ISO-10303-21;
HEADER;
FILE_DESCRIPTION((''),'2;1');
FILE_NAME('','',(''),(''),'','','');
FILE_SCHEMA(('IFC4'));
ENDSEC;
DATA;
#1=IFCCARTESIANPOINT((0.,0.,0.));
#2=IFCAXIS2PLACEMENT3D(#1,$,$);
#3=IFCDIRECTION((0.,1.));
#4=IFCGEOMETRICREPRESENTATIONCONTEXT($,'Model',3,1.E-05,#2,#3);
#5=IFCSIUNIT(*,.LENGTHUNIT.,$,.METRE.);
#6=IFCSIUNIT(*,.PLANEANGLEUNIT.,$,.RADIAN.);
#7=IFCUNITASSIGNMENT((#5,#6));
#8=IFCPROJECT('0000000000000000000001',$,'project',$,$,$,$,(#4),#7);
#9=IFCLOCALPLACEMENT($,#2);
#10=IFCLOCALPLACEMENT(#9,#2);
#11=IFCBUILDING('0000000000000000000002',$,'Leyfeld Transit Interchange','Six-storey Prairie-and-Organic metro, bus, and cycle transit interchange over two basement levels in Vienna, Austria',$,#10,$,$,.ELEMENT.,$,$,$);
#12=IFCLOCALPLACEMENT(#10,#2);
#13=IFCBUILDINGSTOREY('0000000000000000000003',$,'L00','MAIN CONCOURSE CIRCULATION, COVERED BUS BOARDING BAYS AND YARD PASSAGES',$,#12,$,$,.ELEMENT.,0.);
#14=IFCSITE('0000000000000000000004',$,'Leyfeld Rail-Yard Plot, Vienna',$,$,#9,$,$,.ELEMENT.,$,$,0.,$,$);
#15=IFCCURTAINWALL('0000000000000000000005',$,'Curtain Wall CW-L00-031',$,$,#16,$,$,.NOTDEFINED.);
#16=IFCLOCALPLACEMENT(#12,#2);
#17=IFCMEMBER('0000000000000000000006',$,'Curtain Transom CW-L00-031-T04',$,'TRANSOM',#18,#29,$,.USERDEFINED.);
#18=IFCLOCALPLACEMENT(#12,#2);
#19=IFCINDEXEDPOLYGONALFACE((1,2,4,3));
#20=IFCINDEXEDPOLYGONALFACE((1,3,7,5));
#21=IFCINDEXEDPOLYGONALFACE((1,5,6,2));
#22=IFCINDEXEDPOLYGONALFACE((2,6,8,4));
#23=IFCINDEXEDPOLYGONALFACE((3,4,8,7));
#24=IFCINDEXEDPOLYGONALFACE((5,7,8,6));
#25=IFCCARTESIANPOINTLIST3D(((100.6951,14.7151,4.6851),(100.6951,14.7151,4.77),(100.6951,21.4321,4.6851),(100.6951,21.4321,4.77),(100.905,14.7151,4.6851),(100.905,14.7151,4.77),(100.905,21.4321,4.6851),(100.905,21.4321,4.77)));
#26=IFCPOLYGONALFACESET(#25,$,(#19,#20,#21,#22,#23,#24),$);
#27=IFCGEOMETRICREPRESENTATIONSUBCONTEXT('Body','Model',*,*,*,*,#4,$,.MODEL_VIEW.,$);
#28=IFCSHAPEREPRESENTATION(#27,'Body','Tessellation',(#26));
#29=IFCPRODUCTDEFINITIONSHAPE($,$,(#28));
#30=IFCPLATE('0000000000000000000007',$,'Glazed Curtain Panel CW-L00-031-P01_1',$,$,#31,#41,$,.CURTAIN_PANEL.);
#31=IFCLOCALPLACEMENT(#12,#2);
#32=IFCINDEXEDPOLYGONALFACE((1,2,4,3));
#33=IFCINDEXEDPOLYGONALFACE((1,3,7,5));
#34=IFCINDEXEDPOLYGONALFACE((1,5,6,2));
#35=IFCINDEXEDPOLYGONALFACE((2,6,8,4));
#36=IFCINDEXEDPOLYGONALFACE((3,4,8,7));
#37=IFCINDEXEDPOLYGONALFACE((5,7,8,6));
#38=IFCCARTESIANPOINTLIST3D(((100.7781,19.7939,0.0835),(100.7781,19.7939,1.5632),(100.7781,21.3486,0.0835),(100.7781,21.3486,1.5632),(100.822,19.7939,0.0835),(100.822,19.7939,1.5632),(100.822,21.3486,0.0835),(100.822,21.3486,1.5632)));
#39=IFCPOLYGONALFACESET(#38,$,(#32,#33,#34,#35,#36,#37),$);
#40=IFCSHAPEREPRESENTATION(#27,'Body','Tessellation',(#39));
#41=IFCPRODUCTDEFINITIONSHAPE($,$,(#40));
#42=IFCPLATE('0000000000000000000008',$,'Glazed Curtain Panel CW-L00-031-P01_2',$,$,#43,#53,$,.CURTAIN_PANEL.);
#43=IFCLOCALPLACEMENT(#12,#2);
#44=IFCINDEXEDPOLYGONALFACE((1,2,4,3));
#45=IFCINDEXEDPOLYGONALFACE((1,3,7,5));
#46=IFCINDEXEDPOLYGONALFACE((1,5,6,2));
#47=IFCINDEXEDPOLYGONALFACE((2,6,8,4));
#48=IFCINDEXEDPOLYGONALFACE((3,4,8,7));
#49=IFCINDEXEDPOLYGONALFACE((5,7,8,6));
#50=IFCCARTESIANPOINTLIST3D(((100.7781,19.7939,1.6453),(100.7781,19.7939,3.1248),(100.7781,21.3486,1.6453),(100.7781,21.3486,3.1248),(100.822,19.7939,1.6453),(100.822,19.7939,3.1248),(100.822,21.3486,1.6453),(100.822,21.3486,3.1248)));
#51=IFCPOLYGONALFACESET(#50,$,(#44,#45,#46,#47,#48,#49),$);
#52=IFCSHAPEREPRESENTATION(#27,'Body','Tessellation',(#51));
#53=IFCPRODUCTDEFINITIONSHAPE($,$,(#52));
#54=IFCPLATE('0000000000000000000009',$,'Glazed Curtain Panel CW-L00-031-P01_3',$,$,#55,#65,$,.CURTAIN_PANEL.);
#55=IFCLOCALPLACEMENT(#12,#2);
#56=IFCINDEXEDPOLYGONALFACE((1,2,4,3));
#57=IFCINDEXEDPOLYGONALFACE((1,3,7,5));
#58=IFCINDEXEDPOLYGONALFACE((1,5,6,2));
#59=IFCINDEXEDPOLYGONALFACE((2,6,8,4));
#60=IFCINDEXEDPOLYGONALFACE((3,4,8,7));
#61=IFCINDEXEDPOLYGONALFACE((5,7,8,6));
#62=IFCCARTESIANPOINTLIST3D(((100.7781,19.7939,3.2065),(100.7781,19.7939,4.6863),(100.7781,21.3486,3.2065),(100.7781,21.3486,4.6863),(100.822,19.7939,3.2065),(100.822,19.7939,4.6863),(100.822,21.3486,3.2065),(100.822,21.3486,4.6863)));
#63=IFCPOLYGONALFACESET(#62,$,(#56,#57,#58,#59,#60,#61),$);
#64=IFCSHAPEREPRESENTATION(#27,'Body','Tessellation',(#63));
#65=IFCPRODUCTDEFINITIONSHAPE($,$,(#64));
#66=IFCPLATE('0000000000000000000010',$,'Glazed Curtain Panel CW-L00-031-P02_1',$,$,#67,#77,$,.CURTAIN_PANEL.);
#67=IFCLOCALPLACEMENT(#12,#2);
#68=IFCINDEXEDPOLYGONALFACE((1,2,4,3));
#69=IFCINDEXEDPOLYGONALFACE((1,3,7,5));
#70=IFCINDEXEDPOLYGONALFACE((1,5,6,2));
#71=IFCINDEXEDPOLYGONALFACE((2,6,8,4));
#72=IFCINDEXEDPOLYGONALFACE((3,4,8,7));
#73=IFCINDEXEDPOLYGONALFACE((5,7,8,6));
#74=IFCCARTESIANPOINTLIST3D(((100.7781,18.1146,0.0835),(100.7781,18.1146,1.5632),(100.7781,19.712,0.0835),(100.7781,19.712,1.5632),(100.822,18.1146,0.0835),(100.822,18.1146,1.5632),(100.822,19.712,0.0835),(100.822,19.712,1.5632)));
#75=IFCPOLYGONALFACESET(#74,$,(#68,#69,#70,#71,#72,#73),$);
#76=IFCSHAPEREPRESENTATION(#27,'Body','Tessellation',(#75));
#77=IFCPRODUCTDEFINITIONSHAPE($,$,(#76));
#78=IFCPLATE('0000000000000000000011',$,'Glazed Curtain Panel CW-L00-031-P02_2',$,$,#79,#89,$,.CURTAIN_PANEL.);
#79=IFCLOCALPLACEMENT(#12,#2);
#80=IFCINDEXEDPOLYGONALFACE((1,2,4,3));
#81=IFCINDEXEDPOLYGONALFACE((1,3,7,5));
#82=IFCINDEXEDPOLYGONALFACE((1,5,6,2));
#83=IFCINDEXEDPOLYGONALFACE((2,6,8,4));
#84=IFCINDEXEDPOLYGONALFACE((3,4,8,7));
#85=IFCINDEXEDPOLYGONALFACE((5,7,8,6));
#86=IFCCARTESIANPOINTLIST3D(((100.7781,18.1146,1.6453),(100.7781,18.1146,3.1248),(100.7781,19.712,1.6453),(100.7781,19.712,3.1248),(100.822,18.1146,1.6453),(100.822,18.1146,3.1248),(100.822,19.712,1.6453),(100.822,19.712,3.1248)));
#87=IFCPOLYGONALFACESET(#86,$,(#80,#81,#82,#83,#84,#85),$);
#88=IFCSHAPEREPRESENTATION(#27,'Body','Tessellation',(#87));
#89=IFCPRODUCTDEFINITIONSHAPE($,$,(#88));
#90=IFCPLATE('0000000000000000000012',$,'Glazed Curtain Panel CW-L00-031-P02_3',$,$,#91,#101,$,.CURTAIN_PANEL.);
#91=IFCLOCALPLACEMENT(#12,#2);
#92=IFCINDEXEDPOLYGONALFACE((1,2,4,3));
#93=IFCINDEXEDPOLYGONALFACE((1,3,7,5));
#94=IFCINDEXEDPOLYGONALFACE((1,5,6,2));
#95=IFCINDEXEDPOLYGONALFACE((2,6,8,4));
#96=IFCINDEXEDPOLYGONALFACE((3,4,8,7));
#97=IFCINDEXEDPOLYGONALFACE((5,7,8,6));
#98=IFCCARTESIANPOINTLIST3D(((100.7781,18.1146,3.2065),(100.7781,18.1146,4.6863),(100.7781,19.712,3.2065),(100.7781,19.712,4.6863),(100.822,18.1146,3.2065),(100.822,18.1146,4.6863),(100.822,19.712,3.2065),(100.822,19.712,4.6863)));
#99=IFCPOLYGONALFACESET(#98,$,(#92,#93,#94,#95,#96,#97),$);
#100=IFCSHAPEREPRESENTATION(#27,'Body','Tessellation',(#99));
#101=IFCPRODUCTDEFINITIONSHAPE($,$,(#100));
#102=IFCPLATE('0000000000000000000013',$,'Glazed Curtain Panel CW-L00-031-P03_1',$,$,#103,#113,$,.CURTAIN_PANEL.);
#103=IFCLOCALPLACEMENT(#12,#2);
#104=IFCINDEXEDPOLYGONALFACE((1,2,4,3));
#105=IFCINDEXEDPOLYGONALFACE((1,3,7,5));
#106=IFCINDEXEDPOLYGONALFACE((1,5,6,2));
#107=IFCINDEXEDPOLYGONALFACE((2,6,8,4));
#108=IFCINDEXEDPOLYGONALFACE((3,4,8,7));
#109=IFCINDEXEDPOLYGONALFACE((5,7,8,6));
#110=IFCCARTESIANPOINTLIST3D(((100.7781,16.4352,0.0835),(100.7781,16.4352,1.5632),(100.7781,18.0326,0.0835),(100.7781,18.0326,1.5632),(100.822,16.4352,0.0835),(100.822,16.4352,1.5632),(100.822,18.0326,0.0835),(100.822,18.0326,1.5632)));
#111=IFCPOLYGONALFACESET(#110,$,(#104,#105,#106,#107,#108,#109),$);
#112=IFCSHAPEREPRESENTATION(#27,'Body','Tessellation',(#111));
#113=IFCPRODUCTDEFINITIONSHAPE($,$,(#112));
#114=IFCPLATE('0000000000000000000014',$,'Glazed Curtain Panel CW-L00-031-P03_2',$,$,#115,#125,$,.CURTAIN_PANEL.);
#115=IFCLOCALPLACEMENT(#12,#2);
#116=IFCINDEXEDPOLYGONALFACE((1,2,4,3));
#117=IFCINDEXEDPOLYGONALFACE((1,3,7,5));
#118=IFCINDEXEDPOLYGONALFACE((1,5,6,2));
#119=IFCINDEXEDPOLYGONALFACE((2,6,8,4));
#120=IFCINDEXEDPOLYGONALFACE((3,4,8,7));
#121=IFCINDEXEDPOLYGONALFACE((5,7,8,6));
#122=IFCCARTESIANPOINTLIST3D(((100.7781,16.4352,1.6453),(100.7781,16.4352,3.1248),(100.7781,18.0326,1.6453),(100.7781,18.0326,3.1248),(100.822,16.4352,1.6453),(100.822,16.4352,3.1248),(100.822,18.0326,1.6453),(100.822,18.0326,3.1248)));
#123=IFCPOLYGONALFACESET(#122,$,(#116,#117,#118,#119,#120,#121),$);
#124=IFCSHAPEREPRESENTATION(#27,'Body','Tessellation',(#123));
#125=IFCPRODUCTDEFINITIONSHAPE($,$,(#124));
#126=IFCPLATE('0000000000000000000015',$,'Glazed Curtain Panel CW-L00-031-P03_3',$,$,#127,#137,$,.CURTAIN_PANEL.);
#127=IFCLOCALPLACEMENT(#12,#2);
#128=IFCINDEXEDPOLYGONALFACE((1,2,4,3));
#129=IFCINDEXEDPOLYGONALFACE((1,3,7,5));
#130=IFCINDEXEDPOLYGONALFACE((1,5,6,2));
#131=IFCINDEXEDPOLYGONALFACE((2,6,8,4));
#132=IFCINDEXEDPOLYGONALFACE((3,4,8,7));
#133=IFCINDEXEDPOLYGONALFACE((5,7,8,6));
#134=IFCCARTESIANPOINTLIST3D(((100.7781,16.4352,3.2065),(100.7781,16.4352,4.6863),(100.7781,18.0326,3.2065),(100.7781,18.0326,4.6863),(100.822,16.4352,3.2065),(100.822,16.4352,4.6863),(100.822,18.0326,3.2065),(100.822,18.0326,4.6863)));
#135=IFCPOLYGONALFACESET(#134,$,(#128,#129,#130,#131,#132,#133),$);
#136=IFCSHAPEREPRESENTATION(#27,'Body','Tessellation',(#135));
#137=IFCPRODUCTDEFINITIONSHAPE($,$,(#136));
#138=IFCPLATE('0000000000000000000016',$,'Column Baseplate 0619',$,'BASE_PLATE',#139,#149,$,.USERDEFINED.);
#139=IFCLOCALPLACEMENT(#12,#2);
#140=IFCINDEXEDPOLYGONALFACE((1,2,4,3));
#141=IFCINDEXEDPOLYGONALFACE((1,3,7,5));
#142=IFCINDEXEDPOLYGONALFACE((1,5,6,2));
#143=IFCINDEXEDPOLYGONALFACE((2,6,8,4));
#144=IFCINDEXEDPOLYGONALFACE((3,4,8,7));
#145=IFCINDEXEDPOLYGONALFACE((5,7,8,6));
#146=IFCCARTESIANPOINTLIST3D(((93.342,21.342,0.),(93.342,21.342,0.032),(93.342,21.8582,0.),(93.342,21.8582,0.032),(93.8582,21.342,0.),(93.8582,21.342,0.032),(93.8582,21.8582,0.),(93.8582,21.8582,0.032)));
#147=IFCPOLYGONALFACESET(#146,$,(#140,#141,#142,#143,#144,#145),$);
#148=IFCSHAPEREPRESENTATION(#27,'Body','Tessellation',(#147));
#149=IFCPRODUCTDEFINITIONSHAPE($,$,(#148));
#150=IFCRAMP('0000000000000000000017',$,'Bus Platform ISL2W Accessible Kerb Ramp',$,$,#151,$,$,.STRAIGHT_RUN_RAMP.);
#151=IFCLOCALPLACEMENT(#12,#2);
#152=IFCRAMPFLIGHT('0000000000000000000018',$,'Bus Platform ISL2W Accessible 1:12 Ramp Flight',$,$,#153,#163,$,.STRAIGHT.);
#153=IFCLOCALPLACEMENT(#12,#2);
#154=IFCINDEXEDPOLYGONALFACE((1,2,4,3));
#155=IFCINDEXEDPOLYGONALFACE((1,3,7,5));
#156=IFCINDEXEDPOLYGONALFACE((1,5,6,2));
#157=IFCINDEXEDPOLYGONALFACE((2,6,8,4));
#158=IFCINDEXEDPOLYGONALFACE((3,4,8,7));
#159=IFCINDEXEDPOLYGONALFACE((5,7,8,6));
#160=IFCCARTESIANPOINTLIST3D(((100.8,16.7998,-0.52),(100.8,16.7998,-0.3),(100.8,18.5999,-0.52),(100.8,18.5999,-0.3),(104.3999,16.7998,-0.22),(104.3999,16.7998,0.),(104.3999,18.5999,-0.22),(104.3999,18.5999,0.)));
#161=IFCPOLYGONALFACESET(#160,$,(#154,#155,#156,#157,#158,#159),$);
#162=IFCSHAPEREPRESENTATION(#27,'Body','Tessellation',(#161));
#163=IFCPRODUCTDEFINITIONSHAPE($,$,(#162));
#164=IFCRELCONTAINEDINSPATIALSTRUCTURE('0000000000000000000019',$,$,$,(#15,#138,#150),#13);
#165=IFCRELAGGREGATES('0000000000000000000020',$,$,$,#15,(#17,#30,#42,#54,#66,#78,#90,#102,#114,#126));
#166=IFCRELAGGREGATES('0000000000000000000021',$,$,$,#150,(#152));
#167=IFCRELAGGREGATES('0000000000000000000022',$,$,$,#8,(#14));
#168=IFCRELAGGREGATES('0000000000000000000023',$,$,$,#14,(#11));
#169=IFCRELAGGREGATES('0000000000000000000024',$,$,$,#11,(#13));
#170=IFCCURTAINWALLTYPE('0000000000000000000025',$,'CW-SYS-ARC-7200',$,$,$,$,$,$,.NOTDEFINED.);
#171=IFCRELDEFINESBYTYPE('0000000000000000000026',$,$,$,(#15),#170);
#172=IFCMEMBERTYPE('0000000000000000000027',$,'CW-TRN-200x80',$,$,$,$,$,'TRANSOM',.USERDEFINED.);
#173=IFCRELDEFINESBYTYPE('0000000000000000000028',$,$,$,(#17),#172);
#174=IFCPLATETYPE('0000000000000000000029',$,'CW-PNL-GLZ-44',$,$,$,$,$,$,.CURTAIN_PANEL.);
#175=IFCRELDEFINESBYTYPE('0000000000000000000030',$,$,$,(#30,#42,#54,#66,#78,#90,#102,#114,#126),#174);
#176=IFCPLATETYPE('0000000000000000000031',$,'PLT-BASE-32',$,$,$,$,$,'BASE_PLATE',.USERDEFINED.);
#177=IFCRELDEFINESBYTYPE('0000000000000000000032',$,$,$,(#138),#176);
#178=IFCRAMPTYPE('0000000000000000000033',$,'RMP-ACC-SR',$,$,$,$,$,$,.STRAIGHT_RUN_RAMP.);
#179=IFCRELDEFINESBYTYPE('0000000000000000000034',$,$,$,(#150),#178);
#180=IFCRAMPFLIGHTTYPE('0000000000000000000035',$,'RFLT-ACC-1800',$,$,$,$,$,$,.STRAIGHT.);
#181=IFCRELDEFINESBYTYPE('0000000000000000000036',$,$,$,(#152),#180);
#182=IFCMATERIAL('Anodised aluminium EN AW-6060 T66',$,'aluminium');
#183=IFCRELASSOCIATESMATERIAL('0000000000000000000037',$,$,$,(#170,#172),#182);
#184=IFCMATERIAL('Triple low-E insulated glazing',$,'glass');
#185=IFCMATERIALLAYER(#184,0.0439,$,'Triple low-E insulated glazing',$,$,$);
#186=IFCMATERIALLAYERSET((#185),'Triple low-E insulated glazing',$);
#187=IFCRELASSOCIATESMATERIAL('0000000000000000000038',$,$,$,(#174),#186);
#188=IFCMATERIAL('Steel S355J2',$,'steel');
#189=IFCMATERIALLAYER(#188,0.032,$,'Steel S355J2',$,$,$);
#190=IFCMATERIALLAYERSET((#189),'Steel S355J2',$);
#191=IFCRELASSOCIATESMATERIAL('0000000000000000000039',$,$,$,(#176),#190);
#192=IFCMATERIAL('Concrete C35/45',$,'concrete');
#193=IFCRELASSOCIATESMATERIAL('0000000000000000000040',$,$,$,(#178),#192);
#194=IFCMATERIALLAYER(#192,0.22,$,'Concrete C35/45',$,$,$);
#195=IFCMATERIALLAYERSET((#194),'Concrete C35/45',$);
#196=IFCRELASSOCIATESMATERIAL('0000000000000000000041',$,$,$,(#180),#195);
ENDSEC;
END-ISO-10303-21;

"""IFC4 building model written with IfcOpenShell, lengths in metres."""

from ifc_helpers import new_model, si_unit, direction, frame, origin, origin_2d, place, context, subcontext, project, spatial, polyline, rectangle, outline, extrude, material, layer, layer_set, material_profile, profile_set, type_object, element, aggregate, save


model = new_model("IFC4")

# Units and contexts
model_context = context("Model", 3, precision=1e-05, world=origin(), true_north=direction((0.0, 1.0)))
body_context = subcontext(model_context, "Body", "Model", "MODEL_VIEW")
ifc_project = project(units=[si_unit("LENGTHUNIT", "METRE"), si_unit("PLANEANGLEUNIT", "RADIAN")], contexts=[model_context])

# Site, building, storey
site_placement = place(None, origin())
site = spatial("IfcSite", under=ifc_project, at=site_placement, Name="Leyfeld Rail-Yard Plot, Vienna", CompositionType="ELEMENT", RefElevation=0.0)
building_placement = place(site_placement, origin())
building = spatial("IfcBuilding", under=site, at=building_placement, Name="Leyfeld Transit Interchange", Description="Six-storey Prairie-and-Organic metro, bus, and cycle transit interchange over two basement levels in Vienna, Austria", CompositionType="ELEMENT")
storey_placement = place(building_placement, origin())
storey = spatial("IfcBuildingStorey", under=building, at=storey_placement, Name="L00", Description="MAIN CONCOURSE CIRCULATION, COVERED BUS BOARDING BAYS AND YARD PASSAGES", CompositionType="ELEMENT", Elevation=0.0)

# Shared definitions
ifc_material_1 = material(Name="Steel S355J2", Category="steel")

# Curtain wall, member, plates
ifc_material_2 = material(Name="Anodised aluminium EN AW-6060 T66", Category="aluminium")
curtain_wall_type = type_object("IfcCurtainWallType", Name="CW-SYS-ARC-7200", PredefinedType="NOTDEFINED", material=ifc_material_2)
curtain_wall_placement = place(storey_placement, origin())
curtain_wall = element("IfcCurtainWall", 1, at=curtain_wall_placement, inside=storey, type_object=curtain_wall_type, Name="Curtain Wall CW-L00-031", PredefinedType="NOTDEFINED")
ifc_material_profile_1 = material_profile(ifc_material_2, rectangle(XDim=0.21, YDim=0.085, at=origin_2d()), Name="CW-TRN-200x80")
ifc_profile_set_1 = profile_set([ifc_material_profile_1], Name="Anodised aluminium EN AW-6060 T66")
member_type_1 = type_object("IfcMemberType", Name="CW-TRN-200x80", ElementType="TRANSOM", PredefinedType="USERDEFINED", material=ifc_profile_set_1)
member_1_placement = place(storey_placement, frame((100.8, 21.4321, 4.7275), z_axis=(0.0, -1.0, 0.0), x_axis=(1.0, 0.0, 0.0)))
member_1 = element("IfcMember", 2, at=member_1_placement, type_object=member_type_1, Name="Curtain Transom CW-L00-031-T04", ObjectType="TRANSOM", PredefinedType="USERDEFINED", context=body_context, shape_type="SweptSolid", body=[
    extrude(rectangle(XDim=0.21, YDim=0.085, at=origin_2d()), origin(), (0.0, 0.0, 1.0), 6.717),
])
ifc_material_3 = material(Name="Triple low-E insulated glazing", Category="glass")
ifc_layer_1 = layer(ifc_material_3, 0.0439, Name="Triple low-E insulated glazing")
ifc_layer_set_1 = layer_set([ifc_layer_1], Name="Triple low-E insulated glazing")
plate_type_1 = type_object("IfcPlateType", Name="CW-PNL-GLZ-44", PredefinedType="CURTAIN_PANEL", material=ifc_layer_set_1)
plate_1_placement = place(storey_placement, frame((100.8, 20.5713, 0.0835), z_axis=(0.0, 0.0, 1.0), x_axis=(0.0, -1.0, 0.0)))
plate_1 = element("IfcPlate", 3, at=plate_1_placement, type_object=plate_type_1, Name="Glazed Curtain Panel CW-L00-031-P01_1", PredefinedType="CURTAIN_PANEL", context=body_context, shape_type="SweptSolid", body=[
    extrude(rectangle(XDim=1.5547, YDim=0.0439, at=origin_2d()), origin(), (0.0, 0.0, 1.0), 1.4797),
])
plate_2_placement = place(storey_placement, frame((100.8, 20.5713, 1.6453), z_axis=(0.0, 0.0, 1.0), x_axis=(0.0, -1.0, 0.0)))
plate_2 = element("IfcPlate", 4, at=plate_2_placement, type_object=plate_type_1, Name="Glazed Curtain Panel CW-L00-031-P01_2", PredefinedType="CURTAIN_PANEL", context=body_context, shape_type="SweptSolid", body=[
    extrude(rectangle(XDim=1.5547, YDim=0.0439, at=origin_2d()), origin(), (0.0, 0.0, 1.0), 1.4795),
])
plate_3_placement = place(storey_placement, frame((100.8, 20.5713, 3.2065), z_axis=(0.0, 0.0, 1.0), x_axis=(0.0, -1.0, 0.0)))
plate_3 = element("IfcPlate", 5, at=plate_3_placement, type_object=plate_type_1, Name="Glazed Curtain Panel CW-L00-031-P01_3", PredefinedType="CURTAIN_PANEL", context=body_context, shape_type="SweptSolid", body=[
    extrude(rectangle(XDim=1.5547, YDim=0.0439, at=origin_2d()), origin(), (0.0, 0.0, 1.0), 1.4797),
])
plate_4_placement = place(storey_placement, frame((100.8, 18.9133, 0.0835), z_axis=(0.0, 0.0, 1.0), x_axis=(0.0, -1.0, 0.0)))
plate_4 = element("IfcPlate", 6, at=plate_4_placement, type_object=plate_type_1, Name="Glazed Curtain Panel CW-L00-031-P02_1", PredefinedType="CURTAIN_PANEL", context=body_context, shape_type="SweptSolid", body=[
    extrude(rectangle(XDim=1.5974, YDim=0.0439, at=origin_2d()), origin(), (0.0, 0.0, 1.0), 1.4797),
])
plate_5_placement = place(storey_placement, frame((100.8, 18.9133, 1.6453), z_axis=(0.0, 0.0, 1.0), x_axis=(0.0, -1.0, 0.0)))
plate_5 = element("IfcPlate", 7, at=plate_5_placement, type_object=plate_type_1, Name="Glazed Curtain Panel CW-L00-031-P02_2", PredefinedType="CURTAIN_PANEL", context=body_context, shape_type="SweptSolid", body=[
    extrude(rectangle(XDim=1.5974, YDim=0.0439, at=origin_2d()), origin(), (0.0, 0.0, 1.0), 1.4795),
])
plate_6_placement = place(storey_placement, frame((100.8, 18.9133, 3.2065), z_axis=(0.0, 0.0, 1.0), x_axis=(0.0, -1.0, 0.0)))
plate_6 = element("IfcPlate", 8, at=plate_6_placement, type_object=plate_type_1, Name="Glazed Curtain Panel CW-L00-031-P02_3", PredefinedType="CURTAIN_PANEL", context=body_context, shape_type="SweptSolid", body=[
    extrude(rectangle(XDim=1.5974, YDim=0.0439, at=origin_2d()), origin(), (0.0, 0.0, 1.0), 1.4797),
])
plate_7_placement = place(storey_placement, frame((100.8, 17.2339, 0.0835), z_axis=(0.0, 0.0, 1.0), x_axis=(0.0, -1.0, 0.0)))
plate_7 = element("IfcPlate", 9, at=plate_7_placement, type_object=plate_type_1, Name="Glazed Curtain Panel CW-L00-031-P03_1", PredefinedType="CURTAIN_PANEL", context=body_context, shape_type="SweptSolid", body=[
    extrude(rectangle(XDim=1.5974, YDim=0.0439, at=origin_2d()), origin(), (0.0, 0.0, 1.0), 1.4797),
])
plate_8_placement = place(storey_placement, frame((100.8, 17.2339, 1.6453), z_axis=(0.0, 0.0, 1.0), x_axis=(0.0, -1.0, 0.0)))
plate_8 = element("IfcPlate", 10, at=plate_8_placement, type_object=plate_type_1, Name="Glazed Curtain Panel CW-L00-031-P03_2", PredefinedType="CURTAIN_PANEL", context=body_context, shape_type="SweptSolid", body=[
    extrude(rectangle(XDim=1.5974, YDim=0.0439, at=origin_2d()), origin(), (0.0, 0.0, 1.0), 1.4795),
])
plate_9_placement = place(storey_placement, frame((100.8, 17.2339, 3.2065), z_axis=(0.0, 0.0, 1.0), x_axis=(0.0, -1.0, 0.0)))
plate_9 = element("IfcPlate", 11, at=plate_9_placement, type_object=plate_type_1, Name="Glazed Curtain Panel CW-L00-031-P03_3", PredefinedType="CURTAIN_PANEL", context=body_context, shape_type="SweptSolid", body=[
    extrude(rectangle(XDim=1.5974, YDim=0.0439, at=origin_2d()), origin(), (0.0, 0.0, 1.0), 1.4797),
])
aggregate(curtain_wall, [member_1, plate_1, plate_2, plate_3, plate_4, plate_5, plate_6, plate_7, plate_8, plate_9])

# Plate
ifc_layer_2 = layer(ifc_material_1, 0.032, Name="Steel S355J2")
ifc_layer_set_2 = layer_set([ifc_layer_2], Name="Steel S355J2")
plate_type_2 = type_object("IfcPlateType", Name="PLT-BASE-32", ElementType="BASE_PLATE", PredefinedType="USERDEFINED", material=ifc_layer_set_2)
plate_10_placement = place(storey_placement, frame((93.6001, 21.6001, 0.0), z_axis=(0.0, 0.0, 1.0), x_axis=(1.0, 0.0, 0.0)))
element("IfcPlate", 12, at=plate_10_placement, inside=storey, type_object=plate_type_2, Name="Column Baseplate 0619", ObjectType="BASE_PLATE", PredefinedType="USERDEFINED", context=body_context, shape_type="SweptSolid", body=[
    extrude(rectangle(XDim=0.5161, YDim=0.5161, at=origin_2d()), origin(), (0.0, 0.0, 1.0), 0.032),
])

# Ramp, ramp flight
ifc_material_4 = material(Name="Concrete C35/45", Category="concrete")
ramp_type = type_object("IfcRampType", Name="RMP-ACC-SR", PredefinedType="STRAIGHT_RUN_RAMP", material=ifc_material_4)
ramp_placement = place(storey_placement, origin())
ramp = element("IfcRamp", 13, at=ramp_placement, inside=storey, type_object=ramp_type, Name="Bus Platform ISL2W Accessible Kerb Ramp", PredefinedType="STRAIGHT_RUN_RAMP")
ifc_layer_3 = layer(ifc_material_4, 0.22, Name="Concrete C35/45")
ifc_layer_set_3 = layer_set([ifc_layer_3], Name="Concrete C35/45")
ramp_flight_type = type_object("IfcRampFlightType", Name="RFLT-ACC-1800", PredefinedType="STRAIGHT", material=ifc_layer_set_3)
ramp_flight_placement = place(storey_placement, frame((100.8, 17.7, -0.3), z_axis=(0.0, 0.0, 1.0), x_axis=(1.0, 0.0, 0.0)))
ramp_flight = element("IfcRampFlight", 14, at=ramp_flight_placement, type_object=ramp_flight_type, Name="Bus Platform ISL2W Accessible 1:12 Ramp Flight", PredefinedType="STRAIGHT", context=body_context, shape_type="SweptSolid", body=[
    extrude(outline(polyline([(0.0, 0.0), (3.5999, 0.3), (3.5999, 0.0801), (0.0, -0.22), (0.0, 0.0)])), frame((0.0, 0.8999, 0.0), z_axis=(0.0, -1.0, 0.0), x_axis=(1.0, 0.0, 0.0)), (0.0, 0.0, 1.0), 1.8),
])
aggregate(ramp, [ramp_flight])

save(model, "model.ifc")
